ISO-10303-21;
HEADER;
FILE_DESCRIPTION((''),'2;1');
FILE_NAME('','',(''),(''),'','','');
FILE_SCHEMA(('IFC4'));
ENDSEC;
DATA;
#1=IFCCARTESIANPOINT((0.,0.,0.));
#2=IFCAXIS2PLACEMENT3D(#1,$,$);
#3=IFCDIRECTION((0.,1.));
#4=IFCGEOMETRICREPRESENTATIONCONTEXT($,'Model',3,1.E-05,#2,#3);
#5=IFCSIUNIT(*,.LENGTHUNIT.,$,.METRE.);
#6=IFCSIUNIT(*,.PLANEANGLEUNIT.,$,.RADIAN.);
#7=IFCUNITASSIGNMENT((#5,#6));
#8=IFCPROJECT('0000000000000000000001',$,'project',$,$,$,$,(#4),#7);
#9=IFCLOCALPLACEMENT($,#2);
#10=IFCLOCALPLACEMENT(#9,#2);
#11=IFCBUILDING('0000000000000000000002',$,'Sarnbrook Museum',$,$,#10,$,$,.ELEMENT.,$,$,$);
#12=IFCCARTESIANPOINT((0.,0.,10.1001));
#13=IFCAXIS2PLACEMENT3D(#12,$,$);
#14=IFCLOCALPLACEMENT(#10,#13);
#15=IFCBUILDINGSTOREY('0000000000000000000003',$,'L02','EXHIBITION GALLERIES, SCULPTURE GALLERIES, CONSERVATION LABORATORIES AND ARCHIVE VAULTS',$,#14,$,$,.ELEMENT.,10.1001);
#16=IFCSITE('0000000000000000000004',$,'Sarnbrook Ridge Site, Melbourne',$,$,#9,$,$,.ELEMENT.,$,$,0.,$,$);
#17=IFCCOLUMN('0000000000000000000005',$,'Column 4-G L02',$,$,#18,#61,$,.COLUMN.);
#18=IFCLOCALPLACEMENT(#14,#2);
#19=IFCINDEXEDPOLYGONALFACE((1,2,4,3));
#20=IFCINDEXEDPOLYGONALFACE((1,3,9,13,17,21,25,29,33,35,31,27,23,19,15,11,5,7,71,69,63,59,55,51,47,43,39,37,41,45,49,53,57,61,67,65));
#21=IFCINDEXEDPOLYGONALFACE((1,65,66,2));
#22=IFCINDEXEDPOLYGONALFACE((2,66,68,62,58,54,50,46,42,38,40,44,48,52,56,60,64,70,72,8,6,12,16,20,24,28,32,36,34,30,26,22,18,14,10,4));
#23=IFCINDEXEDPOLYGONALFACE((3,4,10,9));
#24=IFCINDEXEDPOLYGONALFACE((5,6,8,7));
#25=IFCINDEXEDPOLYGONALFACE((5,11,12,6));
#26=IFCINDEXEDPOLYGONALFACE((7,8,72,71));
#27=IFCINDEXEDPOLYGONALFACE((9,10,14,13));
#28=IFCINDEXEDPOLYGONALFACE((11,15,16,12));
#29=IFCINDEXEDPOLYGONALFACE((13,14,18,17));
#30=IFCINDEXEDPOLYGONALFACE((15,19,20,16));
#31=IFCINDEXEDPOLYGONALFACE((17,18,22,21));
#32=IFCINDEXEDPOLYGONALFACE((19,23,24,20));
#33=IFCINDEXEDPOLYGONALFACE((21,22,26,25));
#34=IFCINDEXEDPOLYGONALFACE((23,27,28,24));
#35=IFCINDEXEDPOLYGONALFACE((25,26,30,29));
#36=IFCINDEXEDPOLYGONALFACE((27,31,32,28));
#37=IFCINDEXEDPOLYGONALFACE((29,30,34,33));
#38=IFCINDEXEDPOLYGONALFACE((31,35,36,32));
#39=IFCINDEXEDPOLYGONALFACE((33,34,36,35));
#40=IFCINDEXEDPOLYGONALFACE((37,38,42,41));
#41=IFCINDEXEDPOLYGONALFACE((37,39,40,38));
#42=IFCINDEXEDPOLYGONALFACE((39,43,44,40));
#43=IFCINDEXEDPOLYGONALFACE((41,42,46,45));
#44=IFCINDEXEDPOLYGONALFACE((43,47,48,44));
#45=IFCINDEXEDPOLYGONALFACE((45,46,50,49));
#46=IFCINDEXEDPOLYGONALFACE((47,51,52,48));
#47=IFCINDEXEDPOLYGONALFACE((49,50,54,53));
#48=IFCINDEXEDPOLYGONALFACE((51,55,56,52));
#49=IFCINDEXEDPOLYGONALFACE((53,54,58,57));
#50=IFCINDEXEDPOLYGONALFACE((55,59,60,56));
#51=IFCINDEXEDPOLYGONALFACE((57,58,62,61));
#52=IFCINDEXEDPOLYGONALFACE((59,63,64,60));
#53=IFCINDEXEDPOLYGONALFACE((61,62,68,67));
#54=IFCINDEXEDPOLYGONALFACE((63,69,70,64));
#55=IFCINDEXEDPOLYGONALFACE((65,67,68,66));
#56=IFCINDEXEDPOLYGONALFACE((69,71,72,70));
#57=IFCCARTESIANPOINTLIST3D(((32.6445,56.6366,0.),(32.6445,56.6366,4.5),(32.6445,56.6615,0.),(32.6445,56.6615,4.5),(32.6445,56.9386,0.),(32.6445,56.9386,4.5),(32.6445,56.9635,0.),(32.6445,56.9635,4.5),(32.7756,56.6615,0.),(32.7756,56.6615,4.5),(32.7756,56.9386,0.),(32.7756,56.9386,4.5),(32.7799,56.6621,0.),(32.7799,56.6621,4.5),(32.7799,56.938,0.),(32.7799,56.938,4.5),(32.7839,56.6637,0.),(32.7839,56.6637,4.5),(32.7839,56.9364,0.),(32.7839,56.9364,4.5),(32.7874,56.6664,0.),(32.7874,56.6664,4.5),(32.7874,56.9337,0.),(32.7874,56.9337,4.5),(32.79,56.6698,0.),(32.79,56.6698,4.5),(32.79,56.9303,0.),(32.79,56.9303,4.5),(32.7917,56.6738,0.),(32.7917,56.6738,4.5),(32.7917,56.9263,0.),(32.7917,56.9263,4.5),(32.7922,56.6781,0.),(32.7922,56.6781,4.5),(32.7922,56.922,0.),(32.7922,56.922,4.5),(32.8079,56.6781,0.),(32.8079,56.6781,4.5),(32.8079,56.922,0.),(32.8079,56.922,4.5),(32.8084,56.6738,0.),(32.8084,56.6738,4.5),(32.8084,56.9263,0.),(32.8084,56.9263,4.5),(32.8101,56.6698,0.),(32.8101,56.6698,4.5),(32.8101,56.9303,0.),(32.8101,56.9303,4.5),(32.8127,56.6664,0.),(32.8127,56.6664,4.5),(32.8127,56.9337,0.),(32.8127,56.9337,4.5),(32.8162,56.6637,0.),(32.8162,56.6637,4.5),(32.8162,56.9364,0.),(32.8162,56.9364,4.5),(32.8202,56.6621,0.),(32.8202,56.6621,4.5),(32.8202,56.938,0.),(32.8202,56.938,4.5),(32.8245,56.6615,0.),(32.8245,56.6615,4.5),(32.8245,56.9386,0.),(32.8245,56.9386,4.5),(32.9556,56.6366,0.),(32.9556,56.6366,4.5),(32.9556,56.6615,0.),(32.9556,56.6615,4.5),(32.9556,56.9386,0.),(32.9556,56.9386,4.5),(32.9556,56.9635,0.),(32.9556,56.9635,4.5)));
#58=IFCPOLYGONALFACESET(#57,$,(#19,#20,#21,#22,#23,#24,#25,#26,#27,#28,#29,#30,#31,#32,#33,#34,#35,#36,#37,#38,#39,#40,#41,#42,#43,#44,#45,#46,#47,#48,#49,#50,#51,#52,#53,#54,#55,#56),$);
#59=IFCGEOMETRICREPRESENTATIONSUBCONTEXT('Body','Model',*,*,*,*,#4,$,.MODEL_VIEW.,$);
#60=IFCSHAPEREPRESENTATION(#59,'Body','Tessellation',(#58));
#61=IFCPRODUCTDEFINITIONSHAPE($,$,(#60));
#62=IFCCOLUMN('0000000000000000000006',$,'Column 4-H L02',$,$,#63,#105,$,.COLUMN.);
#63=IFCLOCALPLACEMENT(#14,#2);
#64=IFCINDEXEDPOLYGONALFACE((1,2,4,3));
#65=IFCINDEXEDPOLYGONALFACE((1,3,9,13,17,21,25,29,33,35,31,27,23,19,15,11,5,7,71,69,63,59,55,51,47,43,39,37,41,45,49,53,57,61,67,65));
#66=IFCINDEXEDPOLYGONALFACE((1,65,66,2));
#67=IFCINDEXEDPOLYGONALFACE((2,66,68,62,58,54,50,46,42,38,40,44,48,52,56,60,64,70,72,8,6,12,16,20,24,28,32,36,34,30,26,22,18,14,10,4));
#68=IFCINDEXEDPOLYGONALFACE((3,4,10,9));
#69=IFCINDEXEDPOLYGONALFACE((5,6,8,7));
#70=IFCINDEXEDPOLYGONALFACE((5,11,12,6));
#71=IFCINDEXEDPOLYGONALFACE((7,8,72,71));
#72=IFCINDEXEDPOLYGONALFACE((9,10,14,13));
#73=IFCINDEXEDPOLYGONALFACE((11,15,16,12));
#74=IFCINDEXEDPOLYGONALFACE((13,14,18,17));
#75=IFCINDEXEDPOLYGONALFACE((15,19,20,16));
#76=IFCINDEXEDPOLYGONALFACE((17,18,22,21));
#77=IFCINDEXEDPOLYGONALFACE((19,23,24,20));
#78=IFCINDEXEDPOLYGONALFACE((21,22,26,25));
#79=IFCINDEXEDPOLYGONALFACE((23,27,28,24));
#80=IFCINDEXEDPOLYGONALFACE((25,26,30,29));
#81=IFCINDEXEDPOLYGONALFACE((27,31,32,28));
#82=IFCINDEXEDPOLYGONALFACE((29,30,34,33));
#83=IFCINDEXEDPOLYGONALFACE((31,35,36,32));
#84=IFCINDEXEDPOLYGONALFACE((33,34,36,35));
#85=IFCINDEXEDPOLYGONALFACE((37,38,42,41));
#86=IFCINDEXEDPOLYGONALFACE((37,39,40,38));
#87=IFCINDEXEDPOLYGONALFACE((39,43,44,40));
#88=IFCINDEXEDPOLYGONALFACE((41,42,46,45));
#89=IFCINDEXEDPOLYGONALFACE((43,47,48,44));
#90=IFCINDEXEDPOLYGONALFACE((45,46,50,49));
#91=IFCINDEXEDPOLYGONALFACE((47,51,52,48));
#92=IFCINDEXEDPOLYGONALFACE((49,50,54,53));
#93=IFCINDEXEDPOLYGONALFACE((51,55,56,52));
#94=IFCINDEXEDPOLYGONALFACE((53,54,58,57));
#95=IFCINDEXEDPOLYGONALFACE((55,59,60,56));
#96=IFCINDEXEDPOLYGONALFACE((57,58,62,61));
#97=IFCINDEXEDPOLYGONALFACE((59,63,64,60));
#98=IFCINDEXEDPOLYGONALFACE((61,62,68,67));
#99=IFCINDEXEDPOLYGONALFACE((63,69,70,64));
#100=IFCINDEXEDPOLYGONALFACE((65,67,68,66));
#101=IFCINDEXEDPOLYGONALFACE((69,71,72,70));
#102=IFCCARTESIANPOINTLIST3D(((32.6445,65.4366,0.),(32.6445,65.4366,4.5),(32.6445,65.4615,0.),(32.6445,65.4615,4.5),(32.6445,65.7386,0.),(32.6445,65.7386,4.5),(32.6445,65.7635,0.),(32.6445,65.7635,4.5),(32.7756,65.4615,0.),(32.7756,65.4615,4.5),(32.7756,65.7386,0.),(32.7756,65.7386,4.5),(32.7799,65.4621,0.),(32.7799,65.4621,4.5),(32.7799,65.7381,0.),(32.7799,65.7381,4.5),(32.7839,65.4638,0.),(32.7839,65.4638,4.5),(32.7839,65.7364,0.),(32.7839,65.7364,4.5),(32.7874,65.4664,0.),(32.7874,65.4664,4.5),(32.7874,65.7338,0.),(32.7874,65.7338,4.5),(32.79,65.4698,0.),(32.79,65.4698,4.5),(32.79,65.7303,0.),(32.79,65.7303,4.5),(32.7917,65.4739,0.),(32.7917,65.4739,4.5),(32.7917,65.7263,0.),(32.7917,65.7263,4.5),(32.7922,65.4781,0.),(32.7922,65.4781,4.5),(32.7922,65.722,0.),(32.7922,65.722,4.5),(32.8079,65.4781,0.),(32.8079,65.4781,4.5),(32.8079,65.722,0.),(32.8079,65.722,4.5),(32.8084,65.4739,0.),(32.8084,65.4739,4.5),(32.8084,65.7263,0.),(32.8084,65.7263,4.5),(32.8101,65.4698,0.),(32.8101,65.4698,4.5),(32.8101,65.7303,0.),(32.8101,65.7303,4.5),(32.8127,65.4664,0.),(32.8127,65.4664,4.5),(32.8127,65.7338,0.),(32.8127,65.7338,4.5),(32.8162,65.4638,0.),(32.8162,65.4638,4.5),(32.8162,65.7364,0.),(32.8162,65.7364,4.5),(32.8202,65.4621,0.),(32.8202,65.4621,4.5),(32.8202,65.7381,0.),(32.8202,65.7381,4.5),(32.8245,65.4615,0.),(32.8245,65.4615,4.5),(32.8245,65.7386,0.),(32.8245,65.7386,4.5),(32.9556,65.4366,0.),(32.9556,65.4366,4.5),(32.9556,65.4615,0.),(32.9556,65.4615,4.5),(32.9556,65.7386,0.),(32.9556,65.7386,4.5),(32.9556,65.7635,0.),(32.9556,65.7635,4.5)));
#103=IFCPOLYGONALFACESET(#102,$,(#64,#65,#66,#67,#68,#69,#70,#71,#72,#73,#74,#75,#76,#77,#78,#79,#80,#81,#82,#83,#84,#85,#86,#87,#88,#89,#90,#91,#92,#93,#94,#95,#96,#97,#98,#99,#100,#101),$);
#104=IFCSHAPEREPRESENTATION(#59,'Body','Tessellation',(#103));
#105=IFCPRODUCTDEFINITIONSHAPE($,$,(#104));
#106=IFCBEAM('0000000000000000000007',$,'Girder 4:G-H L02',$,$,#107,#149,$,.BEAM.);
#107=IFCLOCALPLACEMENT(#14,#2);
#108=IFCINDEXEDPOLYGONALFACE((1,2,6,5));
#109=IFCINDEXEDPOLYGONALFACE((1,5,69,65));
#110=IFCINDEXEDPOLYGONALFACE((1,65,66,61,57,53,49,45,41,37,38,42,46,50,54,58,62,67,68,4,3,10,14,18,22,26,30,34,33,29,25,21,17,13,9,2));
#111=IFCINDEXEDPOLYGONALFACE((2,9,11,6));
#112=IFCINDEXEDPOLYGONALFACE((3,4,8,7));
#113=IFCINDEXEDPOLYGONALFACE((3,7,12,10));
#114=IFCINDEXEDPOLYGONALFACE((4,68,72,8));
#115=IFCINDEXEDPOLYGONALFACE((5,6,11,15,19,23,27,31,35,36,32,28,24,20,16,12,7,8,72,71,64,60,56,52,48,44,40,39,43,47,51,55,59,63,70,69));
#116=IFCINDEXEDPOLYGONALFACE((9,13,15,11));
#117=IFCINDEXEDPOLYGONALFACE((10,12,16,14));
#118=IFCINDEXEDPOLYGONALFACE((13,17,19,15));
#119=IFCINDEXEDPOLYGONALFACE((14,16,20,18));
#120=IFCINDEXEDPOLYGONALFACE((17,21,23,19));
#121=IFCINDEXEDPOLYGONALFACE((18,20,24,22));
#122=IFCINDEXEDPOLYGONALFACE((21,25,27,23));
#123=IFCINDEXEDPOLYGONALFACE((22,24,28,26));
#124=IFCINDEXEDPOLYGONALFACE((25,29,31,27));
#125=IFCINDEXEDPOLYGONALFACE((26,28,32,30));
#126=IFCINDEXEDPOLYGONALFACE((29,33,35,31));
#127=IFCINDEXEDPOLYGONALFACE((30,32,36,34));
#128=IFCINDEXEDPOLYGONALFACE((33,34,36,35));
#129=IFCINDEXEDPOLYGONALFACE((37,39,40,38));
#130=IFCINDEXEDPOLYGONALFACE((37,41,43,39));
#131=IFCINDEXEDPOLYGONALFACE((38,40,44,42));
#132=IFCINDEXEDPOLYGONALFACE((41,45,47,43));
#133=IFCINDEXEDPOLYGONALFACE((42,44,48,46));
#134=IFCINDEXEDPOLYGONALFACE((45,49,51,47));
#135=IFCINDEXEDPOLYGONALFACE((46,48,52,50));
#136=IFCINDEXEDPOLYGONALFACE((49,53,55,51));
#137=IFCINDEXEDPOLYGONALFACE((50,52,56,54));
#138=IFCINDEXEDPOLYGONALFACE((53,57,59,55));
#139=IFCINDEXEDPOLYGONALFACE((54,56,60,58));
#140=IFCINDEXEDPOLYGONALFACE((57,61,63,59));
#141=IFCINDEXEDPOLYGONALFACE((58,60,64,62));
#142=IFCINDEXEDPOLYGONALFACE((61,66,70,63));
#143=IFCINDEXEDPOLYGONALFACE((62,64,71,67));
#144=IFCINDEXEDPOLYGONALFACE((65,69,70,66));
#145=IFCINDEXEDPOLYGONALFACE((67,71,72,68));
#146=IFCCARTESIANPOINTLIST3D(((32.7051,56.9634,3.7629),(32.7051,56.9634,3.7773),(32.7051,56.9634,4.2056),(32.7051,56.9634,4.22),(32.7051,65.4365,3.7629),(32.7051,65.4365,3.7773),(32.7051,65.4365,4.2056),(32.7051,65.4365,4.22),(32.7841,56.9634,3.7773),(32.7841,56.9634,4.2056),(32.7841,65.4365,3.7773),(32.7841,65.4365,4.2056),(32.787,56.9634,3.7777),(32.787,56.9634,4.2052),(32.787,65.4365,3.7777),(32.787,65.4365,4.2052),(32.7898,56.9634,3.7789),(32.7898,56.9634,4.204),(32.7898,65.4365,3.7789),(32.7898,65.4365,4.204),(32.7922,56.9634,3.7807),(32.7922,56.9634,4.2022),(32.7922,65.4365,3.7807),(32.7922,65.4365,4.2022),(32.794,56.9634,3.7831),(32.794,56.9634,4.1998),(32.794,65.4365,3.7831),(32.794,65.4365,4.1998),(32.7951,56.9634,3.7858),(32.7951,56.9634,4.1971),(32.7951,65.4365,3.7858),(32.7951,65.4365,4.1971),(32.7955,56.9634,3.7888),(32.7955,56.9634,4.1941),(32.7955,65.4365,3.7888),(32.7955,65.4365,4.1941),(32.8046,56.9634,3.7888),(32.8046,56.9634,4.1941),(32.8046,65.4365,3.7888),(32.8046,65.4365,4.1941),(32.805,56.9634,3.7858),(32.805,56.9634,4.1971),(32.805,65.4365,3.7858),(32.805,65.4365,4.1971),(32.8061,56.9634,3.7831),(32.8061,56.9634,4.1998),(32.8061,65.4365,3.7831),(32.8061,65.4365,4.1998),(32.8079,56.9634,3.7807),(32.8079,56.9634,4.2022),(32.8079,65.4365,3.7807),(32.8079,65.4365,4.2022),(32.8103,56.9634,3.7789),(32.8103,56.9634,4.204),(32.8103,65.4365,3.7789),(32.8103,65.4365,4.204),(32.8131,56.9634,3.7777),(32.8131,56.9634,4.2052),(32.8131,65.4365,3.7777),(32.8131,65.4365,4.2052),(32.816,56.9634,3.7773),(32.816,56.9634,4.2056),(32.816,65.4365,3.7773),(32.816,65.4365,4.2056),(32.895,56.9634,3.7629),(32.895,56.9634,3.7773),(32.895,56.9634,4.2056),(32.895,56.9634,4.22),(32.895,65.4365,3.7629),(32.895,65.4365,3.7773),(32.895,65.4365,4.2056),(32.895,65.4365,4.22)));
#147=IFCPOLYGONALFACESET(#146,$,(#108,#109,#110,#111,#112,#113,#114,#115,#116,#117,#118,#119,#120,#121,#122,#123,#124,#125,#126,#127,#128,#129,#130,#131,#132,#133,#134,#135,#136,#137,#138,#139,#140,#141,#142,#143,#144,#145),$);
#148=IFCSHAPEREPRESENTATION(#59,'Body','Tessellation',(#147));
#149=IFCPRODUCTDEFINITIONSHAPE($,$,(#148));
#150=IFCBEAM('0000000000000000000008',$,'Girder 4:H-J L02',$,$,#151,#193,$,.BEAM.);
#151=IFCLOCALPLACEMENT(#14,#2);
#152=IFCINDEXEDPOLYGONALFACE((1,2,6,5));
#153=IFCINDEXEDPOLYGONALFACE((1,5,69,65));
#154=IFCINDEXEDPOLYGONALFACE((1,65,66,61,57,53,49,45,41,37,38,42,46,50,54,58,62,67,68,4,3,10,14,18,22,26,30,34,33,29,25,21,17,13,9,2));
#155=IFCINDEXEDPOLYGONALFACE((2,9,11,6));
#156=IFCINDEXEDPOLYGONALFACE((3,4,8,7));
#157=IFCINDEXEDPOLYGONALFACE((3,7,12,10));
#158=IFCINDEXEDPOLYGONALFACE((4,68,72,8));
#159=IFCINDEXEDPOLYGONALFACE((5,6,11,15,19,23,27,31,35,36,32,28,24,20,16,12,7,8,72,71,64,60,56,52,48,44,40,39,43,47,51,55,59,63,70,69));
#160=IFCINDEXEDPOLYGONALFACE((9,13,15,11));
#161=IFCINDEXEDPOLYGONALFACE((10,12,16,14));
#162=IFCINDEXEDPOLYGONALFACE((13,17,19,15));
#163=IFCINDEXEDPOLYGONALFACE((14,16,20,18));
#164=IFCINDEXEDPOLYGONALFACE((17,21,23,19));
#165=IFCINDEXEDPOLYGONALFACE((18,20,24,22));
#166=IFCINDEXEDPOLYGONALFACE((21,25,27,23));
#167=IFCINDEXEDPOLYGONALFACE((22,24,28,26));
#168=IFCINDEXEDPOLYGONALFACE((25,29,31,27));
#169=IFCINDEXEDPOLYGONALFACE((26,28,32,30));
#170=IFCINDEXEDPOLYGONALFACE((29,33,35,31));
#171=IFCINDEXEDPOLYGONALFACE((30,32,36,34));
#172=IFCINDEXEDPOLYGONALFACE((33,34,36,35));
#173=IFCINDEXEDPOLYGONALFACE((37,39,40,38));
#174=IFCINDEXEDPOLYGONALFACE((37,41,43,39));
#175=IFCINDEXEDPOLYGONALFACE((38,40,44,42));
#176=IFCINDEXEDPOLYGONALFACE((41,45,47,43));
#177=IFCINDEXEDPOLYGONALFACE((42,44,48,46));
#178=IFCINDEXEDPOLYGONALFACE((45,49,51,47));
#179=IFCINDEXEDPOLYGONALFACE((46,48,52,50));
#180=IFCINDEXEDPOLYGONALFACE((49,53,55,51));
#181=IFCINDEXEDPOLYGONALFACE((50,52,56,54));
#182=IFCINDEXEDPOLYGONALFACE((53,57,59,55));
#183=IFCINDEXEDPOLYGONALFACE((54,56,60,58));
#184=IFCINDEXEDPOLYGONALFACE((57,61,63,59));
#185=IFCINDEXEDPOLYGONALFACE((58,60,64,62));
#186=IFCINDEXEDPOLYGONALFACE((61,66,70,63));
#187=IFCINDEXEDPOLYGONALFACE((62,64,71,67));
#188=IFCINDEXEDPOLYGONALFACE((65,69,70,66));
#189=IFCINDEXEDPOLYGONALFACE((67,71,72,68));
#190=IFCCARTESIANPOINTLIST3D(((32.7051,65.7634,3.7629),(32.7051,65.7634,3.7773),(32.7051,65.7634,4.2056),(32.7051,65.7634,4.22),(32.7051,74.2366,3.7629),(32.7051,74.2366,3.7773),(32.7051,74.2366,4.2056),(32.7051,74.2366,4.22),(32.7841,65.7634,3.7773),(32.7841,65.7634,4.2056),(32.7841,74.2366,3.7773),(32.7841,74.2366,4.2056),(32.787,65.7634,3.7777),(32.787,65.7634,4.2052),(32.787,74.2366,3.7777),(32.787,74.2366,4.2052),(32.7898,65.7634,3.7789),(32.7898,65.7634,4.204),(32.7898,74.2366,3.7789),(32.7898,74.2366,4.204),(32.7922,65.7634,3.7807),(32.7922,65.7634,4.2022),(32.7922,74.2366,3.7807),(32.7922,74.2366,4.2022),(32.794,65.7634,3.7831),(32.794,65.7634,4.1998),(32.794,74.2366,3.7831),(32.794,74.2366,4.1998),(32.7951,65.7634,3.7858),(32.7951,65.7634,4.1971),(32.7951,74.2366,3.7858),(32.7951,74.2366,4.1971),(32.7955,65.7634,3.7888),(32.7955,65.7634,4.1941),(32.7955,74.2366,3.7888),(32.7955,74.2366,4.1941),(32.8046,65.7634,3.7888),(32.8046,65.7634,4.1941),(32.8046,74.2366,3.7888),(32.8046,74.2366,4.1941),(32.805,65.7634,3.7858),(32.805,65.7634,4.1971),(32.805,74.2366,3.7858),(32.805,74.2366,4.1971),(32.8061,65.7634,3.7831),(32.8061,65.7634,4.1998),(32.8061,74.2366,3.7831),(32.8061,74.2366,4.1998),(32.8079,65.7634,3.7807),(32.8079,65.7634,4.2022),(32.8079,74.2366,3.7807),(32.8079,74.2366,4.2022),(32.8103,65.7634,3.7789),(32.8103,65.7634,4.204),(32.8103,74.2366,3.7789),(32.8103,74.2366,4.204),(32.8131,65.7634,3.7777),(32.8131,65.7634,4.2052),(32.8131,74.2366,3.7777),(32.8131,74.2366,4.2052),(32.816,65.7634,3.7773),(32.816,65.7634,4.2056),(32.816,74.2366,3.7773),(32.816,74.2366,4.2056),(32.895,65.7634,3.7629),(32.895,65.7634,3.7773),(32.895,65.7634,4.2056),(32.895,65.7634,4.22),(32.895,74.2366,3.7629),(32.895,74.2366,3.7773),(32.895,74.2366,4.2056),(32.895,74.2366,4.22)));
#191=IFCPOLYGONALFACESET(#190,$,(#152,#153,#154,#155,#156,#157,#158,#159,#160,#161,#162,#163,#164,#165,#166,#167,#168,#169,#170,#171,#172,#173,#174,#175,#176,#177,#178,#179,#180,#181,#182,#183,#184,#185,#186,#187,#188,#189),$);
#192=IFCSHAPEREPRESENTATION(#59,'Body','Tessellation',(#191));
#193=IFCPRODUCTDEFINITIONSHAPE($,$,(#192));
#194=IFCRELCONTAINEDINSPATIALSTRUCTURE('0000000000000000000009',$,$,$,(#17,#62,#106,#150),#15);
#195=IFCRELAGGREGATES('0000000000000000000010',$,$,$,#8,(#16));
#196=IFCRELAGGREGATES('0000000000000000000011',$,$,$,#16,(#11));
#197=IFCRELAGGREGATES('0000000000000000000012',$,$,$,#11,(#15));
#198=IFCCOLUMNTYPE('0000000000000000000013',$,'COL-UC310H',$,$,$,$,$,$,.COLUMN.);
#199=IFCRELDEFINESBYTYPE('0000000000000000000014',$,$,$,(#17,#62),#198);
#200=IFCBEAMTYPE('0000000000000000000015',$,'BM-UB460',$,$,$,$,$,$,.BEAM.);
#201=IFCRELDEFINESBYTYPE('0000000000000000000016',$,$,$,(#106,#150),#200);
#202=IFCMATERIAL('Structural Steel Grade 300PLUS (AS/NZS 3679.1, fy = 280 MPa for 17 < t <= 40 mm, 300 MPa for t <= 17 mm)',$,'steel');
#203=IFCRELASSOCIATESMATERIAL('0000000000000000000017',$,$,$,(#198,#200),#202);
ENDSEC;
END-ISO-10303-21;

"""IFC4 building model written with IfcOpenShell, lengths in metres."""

from ifc_helpers import new_model, si_unit, direction, frame, origin, origin_2d, place, context, subcontext, project, spatial, i_section, extrude, material, material_profile, profile_set, type_object, element, save


model = new_model("IFC4")

# Units and contexts
model_context = context("Model", 3, precision=1e-05, world=origin(), true_north=direction((0.0, 1.0)))
body_context = subcontext(model_context, "Body", "Model", "MODEL_VIEW")
ifc_project = project(units=[si_unit("LENGTHUNIT", "METRE"), si_unit("PLANEANGLEUNIT", "RADIAN")], contexts=[model_context])

# Site, building, storey
site_placement = place(None, origin())
site = spatial("IfcSite", under=ifc_project, at=site_placement, Name="Sarnbrook Ridge Site, Melbourne", CompositionType="ELEMENT", RefElevation=0.0)
building_placement = place(site_placement, origin())
building = spatial("IfcBuilding", under=site, at=building_placement, Name="Sarnbrook Museum", CompositionType="ELEMENT")
storey_placement = place(building_placement, frame((0.0, 0.0, 10.1001)))
storey = spatial("IfcBuildingStorey", under=building, at=storey_placement, Name="L02", Description="EXHIBITION GALLERIES, SCULPTURE GALLERIES, CONSERVATION LABORATORIES AND ARCHIVE VAULTS", CompositionType="ELEMENT", Elevation=10.1001)

# Columns
ifc_material_1 = material(Name="Structural Steel Grade 300PLUS (AS/NZS 3679.1, fy = 280 MPa for 17 < t <= 40 mm, 300 MPa for t <= 17 mm)", Category="steel")
ifc_material_profile_1 = material_profile(ifc_material_1, i_section(OverallWidth=0.311, OverallDepth=0.3269, WebThickness=0.0156, FlangeThickness=0.0249, FilletRadius=0.0166, at=origin_2d()), Name="310UC158")
ifc_profile_set_1 = profile_set([ifc_material_profile_1], Name="Structural Steel Grade 300PLUS (AS/NZS 3679.1, fy = 280 MPa for 17 < t <= 40 mm, 300 MPa for t <= 17 mm)")
column_type = type_object("IfcColumnType", Name="COL-UC310H", PredefinedType="COLUMN", material=ifc_profile_set_1)
for number, where, z_axis, x_axis, name in (
    (1, (32.8, 56.8, 0.0), (0.0, 0.0, 1.0), (1.0, 0.0, 0.0), "Column 4-G L02"),
    (2, (32.8, 65.6001, 0.0), (0.0, 0.0, 1.0), (1.0, 0.0, 0.0), "Column 4-H L02"),
):
    element("IfcColumn", number, at=place(storey_placement, frame(where, z_axis=z_axis, x_axis=x_axis)), inside=storey, type_object=column_type, Name=name, PredefinedType="COLUMN", context=body_context, shape_type="SweptSolid", body=[
        extrude(i_section(OverallWidth=0.311, OverallDepth=0.3269, WebThickness=0.0156, FlangeThickness=0.0249, FilletRadius=0.0166, at=origin_2d()), origin(), (0.0, 0.0, 1.0), 4.5),
    ])

# Beams
ifc_material_profile_2 = material_profile(ifc_material_1, i_section(OverallWidth=0.1899, OverallDepth=0.457, WebThickness=0.009, FlangeThickness=0.0144, FilletRadius=0.0115, at=origin_2d()), Name="460UB74.6")
ifc_profile_set_2 = profile_set([ifc_material_profile_2], Name="Structural Steel Grade 300PLUS (AS/NZS 3679.1, fy = 280 MPa for 17 < t <= 40 mm, 300 MPa for t <= 17 mm)")
beam_type_1 = type_object("IfcBeamType", Name="BM-UB460", PredefinedType="BEAM", material=ifc_profile_set_2)
for number, where, z_axis, x_axis, name in (
    (3, (32.8, 56.9634, 3.9915), (0.0, 1.0, 0.0), (-1.0, 0.0, 0.0), "Girder 4:G-H L02"),
    (4, (32.8, 65.7634, 3.9915), (0.0, 1.0, 0.0), (-1.0, 0.0, 0.0), "Girder 4:H-J L02"),
):
    element("IfcBeam", number, at=place(storey_placement, frame(where, z_axis=z_axis, x_axis=x_axis)), inside=storey, type_object=beam_type_1, Name=name, PredefinedType="BEAM", context=body_context, shape_type="SweptSolid", body=[
        extrude(i_section(OverallWidth=0.1899, OverallDepth=0.457, WebThickness=0.009, FlangeThickness=0.0144, FilletRadius=0.0115, at=origin_2d()), origin(), (0.0, 0.0, 1.0), 8.4731),
    ])

save(model, "model.ifc")
